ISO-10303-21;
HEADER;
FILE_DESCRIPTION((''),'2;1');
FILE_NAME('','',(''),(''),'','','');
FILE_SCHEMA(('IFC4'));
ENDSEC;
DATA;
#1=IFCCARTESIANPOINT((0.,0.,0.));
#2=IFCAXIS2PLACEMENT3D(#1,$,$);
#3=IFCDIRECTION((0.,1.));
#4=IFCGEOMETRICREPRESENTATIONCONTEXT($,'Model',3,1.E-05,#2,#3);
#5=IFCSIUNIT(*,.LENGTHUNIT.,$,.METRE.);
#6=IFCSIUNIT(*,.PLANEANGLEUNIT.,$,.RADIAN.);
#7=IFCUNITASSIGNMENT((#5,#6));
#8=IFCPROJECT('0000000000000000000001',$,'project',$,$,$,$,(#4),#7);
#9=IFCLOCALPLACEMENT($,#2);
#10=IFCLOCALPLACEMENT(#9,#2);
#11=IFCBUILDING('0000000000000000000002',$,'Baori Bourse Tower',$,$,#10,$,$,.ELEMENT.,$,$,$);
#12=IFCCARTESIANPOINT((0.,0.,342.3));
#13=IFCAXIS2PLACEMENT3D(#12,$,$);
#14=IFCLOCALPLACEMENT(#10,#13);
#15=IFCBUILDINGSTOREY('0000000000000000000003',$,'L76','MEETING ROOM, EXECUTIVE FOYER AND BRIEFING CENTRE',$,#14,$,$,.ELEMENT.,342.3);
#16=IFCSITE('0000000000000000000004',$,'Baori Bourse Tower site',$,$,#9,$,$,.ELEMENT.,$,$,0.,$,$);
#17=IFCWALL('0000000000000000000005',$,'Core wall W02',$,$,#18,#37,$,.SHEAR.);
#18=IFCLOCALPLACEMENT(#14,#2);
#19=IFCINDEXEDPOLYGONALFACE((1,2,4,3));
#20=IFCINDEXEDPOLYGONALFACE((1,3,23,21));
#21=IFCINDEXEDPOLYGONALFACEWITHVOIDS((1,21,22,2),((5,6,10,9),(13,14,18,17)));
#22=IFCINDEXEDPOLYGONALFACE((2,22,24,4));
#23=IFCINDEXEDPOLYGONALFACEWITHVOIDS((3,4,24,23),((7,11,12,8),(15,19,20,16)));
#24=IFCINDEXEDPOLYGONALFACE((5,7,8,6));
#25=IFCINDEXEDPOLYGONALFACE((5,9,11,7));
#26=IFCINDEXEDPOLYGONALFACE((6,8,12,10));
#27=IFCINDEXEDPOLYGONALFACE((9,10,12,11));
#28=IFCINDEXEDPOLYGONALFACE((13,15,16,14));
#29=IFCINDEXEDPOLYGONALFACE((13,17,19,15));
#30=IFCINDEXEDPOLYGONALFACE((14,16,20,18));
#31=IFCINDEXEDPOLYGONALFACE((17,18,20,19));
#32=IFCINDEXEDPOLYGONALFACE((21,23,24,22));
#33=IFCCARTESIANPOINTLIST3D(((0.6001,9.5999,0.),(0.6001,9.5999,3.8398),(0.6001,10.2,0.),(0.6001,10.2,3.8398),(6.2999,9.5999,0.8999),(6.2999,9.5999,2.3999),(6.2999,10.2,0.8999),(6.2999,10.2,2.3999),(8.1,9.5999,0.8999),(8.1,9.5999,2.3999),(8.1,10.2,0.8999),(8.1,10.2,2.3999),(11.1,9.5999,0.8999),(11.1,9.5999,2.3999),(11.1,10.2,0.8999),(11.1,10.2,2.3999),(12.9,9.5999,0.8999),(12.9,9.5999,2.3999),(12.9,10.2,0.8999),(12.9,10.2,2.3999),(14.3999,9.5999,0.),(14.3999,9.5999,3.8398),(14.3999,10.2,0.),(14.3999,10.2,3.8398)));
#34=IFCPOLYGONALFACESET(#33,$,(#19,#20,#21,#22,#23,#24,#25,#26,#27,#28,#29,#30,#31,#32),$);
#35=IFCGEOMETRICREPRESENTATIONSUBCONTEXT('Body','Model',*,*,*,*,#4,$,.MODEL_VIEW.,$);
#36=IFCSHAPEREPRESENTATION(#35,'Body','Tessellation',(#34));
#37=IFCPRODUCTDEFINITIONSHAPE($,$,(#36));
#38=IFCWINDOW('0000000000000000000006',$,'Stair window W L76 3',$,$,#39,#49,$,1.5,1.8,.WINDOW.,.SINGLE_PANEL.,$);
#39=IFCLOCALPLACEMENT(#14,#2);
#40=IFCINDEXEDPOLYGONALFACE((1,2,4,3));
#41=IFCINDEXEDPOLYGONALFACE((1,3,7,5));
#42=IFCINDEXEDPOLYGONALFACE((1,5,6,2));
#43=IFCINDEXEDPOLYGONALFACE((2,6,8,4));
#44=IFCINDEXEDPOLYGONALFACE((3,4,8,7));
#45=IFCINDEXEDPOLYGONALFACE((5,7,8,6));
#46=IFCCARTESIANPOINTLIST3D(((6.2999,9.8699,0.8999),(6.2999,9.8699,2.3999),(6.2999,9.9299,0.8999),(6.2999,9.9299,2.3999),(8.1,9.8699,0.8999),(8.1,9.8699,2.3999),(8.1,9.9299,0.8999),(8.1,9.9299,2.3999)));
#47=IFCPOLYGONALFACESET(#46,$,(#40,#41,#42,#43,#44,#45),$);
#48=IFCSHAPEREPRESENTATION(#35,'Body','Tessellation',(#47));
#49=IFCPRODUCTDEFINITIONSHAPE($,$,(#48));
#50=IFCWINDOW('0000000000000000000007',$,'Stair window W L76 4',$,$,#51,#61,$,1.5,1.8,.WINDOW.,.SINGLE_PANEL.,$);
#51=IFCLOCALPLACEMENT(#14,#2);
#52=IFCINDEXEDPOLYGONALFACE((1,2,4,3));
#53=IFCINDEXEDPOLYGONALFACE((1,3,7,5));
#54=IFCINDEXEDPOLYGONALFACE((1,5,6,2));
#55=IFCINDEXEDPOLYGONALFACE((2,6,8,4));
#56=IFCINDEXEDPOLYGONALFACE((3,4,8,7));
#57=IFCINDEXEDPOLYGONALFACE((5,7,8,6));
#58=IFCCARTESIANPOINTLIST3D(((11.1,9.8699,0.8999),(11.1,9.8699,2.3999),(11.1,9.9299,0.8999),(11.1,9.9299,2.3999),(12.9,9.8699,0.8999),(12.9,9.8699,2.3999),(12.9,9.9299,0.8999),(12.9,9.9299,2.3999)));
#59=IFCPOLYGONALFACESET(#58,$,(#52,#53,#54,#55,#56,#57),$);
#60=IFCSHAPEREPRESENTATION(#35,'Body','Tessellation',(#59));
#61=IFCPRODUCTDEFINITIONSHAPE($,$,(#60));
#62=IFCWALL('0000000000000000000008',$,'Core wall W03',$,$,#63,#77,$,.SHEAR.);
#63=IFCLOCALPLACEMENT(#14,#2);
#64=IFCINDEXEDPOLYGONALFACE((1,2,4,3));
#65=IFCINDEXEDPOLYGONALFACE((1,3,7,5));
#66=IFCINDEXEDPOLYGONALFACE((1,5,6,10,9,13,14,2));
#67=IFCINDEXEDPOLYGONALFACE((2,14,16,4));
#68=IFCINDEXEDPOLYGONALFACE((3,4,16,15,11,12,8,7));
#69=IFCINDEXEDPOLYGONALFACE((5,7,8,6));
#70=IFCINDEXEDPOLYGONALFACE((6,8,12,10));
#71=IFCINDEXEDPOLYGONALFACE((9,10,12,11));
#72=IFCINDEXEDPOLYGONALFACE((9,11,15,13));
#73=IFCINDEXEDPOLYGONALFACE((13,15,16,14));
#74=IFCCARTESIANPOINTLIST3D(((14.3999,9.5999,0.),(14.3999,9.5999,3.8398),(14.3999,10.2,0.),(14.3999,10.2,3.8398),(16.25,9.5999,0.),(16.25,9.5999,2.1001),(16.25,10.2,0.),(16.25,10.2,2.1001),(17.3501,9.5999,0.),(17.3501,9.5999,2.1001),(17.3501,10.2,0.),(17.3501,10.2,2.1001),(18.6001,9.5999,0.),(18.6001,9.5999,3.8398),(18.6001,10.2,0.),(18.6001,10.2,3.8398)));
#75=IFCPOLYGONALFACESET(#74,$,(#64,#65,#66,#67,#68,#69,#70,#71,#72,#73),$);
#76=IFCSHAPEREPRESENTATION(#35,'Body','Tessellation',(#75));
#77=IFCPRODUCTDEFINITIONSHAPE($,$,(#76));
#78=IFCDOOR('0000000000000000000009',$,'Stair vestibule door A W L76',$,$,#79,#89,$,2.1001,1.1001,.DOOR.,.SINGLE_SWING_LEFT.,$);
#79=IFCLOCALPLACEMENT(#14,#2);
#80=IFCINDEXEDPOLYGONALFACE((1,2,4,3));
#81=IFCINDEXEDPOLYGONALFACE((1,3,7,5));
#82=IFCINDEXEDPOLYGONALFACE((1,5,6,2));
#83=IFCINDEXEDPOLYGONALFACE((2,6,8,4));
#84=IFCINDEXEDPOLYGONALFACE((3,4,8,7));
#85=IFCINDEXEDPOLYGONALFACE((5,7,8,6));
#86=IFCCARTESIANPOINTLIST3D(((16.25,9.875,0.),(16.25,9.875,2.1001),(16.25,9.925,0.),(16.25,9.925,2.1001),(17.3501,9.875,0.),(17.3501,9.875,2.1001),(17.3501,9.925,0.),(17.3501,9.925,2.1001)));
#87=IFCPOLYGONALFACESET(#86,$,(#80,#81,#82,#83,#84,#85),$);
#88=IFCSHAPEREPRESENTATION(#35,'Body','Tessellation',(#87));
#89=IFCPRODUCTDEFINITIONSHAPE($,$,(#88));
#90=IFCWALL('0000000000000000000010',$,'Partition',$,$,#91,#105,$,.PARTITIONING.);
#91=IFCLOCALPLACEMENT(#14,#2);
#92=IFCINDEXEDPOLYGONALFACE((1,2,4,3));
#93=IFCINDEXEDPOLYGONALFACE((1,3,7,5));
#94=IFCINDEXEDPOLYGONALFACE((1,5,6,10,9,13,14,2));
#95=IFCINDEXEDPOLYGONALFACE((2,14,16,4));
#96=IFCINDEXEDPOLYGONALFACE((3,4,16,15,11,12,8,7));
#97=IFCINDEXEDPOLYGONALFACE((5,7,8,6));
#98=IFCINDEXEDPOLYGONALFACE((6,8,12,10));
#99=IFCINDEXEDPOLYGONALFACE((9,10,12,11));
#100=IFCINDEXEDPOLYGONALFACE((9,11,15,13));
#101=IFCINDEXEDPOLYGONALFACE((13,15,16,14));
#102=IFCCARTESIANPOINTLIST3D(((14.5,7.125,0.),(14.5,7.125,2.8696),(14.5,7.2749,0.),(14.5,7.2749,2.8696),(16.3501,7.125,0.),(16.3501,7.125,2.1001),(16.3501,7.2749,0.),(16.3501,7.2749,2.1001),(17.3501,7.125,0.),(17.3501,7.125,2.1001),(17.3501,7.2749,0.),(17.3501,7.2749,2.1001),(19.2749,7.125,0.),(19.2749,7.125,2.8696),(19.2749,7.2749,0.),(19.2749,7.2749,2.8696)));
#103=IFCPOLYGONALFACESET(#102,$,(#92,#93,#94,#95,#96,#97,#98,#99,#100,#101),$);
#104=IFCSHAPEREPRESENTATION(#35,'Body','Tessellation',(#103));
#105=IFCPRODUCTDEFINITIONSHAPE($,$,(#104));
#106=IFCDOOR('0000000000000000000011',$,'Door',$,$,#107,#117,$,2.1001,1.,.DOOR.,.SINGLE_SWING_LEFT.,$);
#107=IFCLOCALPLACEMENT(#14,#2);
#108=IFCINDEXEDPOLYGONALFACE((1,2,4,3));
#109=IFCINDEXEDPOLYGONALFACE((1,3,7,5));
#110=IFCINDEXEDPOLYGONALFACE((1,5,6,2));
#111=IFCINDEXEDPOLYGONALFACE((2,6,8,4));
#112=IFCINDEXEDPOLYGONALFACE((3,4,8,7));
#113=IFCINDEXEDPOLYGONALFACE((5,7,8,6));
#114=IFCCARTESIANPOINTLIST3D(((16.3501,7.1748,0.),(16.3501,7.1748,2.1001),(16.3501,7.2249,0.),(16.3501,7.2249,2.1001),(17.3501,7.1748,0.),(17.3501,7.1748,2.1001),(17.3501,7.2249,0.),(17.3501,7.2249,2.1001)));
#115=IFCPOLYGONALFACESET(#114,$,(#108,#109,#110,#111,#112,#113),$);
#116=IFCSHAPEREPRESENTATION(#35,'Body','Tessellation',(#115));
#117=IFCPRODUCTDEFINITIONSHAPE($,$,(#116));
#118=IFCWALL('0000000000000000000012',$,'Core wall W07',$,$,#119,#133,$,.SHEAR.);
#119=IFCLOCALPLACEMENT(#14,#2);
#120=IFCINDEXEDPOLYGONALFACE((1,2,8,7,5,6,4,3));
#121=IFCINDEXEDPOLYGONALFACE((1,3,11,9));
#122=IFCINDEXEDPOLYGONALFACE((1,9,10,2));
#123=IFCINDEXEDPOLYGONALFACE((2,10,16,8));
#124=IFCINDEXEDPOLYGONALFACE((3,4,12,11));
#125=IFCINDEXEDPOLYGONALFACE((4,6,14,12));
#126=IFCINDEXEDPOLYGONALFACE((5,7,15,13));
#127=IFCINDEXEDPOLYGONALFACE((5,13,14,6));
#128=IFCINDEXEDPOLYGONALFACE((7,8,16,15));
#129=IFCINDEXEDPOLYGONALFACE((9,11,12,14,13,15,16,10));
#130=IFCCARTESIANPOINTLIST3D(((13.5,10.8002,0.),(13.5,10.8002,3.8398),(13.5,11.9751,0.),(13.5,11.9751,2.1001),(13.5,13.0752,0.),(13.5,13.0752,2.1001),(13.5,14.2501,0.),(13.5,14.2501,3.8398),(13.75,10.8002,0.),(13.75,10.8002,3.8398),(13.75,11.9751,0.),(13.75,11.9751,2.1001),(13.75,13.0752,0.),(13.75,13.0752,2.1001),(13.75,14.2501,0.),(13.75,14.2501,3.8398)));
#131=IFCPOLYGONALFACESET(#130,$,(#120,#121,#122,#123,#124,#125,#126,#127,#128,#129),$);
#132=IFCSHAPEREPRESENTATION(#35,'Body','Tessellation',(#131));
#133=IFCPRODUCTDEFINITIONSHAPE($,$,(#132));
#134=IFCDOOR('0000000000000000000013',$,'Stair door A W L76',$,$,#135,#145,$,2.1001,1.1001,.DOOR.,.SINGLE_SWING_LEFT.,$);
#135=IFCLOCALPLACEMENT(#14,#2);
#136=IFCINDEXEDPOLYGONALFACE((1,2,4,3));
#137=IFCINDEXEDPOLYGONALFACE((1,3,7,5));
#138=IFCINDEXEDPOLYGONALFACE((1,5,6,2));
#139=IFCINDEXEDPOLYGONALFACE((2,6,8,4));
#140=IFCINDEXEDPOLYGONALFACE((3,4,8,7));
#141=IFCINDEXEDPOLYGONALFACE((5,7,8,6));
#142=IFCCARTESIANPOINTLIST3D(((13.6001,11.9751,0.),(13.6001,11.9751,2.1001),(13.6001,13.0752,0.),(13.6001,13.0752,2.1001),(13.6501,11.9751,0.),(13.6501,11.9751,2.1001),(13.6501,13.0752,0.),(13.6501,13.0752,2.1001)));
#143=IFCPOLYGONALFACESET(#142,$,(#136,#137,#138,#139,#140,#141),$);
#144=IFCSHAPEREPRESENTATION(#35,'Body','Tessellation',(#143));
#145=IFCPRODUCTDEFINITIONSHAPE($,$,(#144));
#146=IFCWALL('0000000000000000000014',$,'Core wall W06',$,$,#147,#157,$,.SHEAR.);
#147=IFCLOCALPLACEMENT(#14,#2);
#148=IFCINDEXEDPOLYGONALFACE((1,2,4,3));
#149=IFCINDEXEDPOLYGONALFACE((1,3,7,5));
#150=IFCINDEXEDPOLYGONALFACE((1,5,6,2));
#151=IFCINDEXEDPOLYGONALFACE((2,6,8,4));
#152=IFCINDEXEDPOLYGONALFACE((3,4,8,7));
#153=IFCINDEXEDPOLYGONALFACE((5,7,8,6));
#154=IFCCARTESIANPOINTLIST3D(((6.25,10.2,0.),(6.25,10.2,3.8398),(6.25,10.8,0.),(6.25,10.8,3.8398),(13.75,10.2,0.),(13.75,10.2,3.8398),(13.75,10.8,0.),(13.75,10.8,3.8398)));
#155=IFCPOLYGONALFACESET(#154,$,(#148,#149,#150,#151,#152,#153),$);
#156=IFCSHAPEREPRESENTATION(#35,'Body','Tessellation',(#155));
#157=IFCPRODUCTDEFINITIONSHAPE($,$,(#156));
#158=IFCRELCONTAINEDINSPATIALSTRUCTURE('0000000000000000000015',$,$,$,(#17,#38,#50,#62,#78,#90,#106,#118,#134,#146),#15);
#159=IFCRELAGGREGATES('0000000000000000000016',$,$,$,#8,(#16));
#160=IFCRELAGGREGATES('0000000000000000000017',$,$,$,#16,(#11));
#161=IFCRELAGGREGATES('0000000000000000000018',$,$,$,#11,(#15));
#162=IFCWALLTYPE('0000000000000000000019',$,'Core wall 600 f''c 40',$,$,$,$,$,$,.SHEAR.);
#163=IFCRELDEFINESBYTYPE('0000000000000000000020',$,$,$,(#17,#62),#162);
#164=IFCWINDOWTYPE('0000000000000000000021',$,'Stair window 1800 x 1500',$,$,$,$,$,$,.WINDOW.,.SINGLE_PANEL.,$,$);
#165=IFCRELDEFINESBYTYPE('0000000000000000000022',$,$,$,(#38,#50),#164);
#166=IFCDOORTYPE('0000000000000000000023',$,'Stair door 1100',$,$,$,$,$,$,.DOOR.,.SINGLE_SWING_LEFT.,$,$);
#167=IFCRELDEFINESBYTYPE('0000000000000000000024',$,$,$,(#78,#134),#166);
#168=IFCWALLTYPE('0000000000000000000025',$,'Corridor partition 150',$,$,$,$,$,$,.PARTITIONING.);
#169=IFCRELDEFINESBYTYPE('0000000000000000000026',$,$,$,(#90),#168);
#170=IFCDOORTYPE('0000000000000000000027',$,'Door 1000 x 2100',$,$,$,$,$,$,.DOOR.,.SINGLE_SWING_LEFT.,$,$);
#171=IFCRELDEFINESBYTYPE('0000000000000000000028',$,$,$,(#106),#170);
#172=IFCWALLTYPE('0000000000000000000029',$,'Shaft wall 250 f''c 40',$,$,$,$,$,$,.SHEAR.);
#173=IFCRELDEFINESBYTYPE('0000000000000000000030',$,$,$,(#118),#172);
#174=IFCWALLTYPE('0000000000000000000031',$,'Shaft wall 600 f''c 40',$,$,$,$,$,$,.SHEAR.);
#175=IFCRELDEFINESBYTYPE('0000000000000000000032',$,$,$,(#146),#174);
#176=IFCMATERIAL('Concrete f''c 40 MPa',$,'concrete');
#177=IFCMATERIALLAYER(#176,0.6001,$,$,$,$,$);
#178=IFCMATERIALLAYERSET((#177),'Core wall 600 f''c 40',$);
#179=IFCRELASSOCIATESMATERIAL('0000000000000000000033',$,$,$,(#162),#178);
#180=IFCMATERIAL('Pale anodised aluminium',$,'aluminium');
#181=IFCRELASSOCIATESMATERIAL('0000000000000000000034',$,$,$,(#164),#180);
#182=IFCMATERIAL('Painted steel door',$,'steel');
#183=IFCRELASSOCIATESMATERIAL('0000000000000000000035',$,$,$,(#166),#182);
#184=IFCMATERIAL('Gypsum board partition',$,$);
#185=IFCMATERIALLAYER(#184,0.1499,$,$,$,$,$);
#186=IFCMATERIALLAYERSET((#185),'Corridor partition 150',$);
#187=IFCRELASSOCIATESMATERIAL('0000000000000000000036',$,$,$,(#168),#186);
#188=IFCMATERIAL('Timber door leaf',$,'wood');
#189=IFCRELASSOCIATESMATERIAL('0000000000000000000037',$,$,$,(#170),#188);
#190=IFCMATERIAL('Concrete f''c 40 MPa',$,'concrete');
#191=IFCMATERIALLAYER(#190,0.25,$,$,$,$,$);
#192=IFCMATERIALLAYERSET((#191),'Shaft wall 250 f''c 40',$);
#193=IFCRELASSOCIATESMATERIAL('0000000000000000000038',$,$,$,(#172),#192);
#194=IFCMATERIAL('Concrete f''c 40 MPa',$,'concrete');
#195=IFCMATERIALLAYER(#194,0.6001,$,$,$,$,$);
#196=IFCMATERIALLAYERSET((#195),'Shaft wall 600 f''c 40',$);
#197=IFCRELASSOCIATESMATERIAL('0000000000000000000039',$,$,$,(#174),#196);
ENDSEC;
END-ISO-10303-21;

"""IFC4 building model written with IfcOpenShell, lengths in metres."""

from ifc_helpers import new_model, si_unit, direction, frame, frame_2d, origin, place, context, subcontext, project, spatial, rectangle, extrude, material, layer, layer_set, type_object, element, fill, save


model = new_model("IFC4")

# Units and contexts
model_context = context("Model", 3, precision=1e-05, world=origin(), true_north=direction((0.0, 1.0)))
body_context = subcontext(model_context, "Body", "Model", "MODEL_VIEW")
ifc_project = project(units=[si_unit("LENGTHUNIT", "METRE"), si_unit("PLANEANGLEUNIT", "RADIAN")], contexts=[model_context])

# Site, building, storey
site_placement = place(None, origin())
site = spatial("IfcSite", under=ifc_project, at=site_placement, Name="Baori Bourse Tower site", CompositionType="ELEMENT", RefElevation=0.0)
building_placement = place(site_placement, origin())
building = spatial("IfcBuilding", under=site, at=building_placement, Name="Baori Bourse Tower", CompositionType="ELEMENT")
storey_placement = place(building_placement, frame((0.0, 0.0, 342.3)))
storey = spatial("IfcBuildingStorey", under=building, at=storey_placement, Name="L76", Description="MEETING ROOM, EXECUTIVE FOYER AND BRIEFING CENTRE", CompositionType="ELEMENT", Elevation=342.3)

# Wall, openings, windows
ifc_material_1 = material(Name="Concrete f'c 40 MPa", Category="concrete")
ifc_layer_1 = layer(ifc_material_1, 0.6001)
ifc_layer_set_1 = layer_set([ifc_layer_1], Name="Core wall 600 f'c 40")
wall_type_1 = type_object("IfcWallType", Name="Core wall 600 f'c 40", PredefinedType="SHEAR", material=ifc_layer_set_1)
wall_1_placement = place(storey_placement, frame((14.3999, 9.8999, 0.0), z_axis=(0.0, 0.0, 1.0), x_axis=(-1.0, 0.0, 0.0)))
wall_1 = element("IfcWall", 1, at=wall_1_placement, inside=storey, type_object=wall_type_1, Name="Core wall W02", PredefinedType="SHEAR", context=body_context, shape_type="SweptSolid", body=[
    extrude(rectangle(XDim=13.7998, YDim=0.6001, at=frame_2d((6.8999, 0.0))), origin(), (0.0, 0.0, 1.0), 3.8398),
])
opening_1_placement = place(wall_1_placement, frame((6.3, 0.0, 0.8999)))
opening_1 = element("IfcOpeningElement", 2, at=opening_1_placement, cuts=wall_1, PredefinedType="OPENING", context=body_context, shape_type="SweptSolid", body=[
    extrude(rectangle(XDim=1.8, YDim=1.5, at=frame_2d((0.8999, 0.75))), frame((0.0, 0.3101, 0.0), z_axis=(0.0, -1.0, 0.0), x_axis=(1.0, 0.0, 0.0)), (0.0, 0.0, 1.0), 0.6201),
])
opening_2_placement = place(wall_1_placement, frame((1.5, 0.0, 0.8999)))
opening_2 = element("IfcOpeningElement", 3, at=opening_2_placement, cuts=wall_1, PredefinedType="OPENING", context=body_context, shape_type="SweptSolid", body=[
    extrude(rectangle(XDim=1.8, YDim=1.5, at=frame_2d((0.8999, 0.75))), frame((0.0, 0.3101, 0.0), z_axis=(0.0, -1.0, 0.0), x_axis=(1.0, 0.0, 0.0)), (0.0, 0.0, 1.0), 0.6201),
])
ifc_material_2 = material(Name="Pale anodised aluminium", Category="aluminium")
window_type = type_object("IfcWindowType", Name="Stair window 1800 x 1500", PartitioningType="SINGLE_PANEL", PredefinedType="WINDOW", material=ifc_material_2)
window_1_placement = place(opening_1_placement, origin())
window_1 = element("IfcWindow", 4, at=window_1_placement, inside=storey, type_object=window_type, Name="Stair window W L76 3", OverallHeight=1.5, OverallWidth=1.8, PartitioningType="SINGLE_PANEL", PredefinedType="WINDOW", context=body_context, shape_type="SweptSolid", body=[
    extrude(rectangle(XDim=1.8, YDim=1.5, at=frame_2d((0.8999, 0.75))), frame((0.0, 0.03, 0.0), z_axis=(0.0, -1.0, 0.0), x_axis=(1.0, 0.0, 0.0)), (0.0, 0.0, 1.0), 0.0601),
])
fill(opening_1, window_1)
window_2_placement = place(opening_2_placement, origin())
window_2 = element("IfcWindow", 5, at=window_2_placement, inside=storey, type_object=window_type, Name="Stair window W L76 4", OverallHeight=1.5, OverallWidth=1.8, PartitioningType="SINGLE_PANEL", PredefinedType="WINDOW", context=body_context, shape_type="SweptSolid", body=[
    extrude(rectangle(XDim=1.8, YDim=1.5, at=frame_2d((0.8999, 0.75))), frame((0.0, 0.03, 0.0), z_axis=(0.0, -1.0, 0.0), x_axis=(1.0, 0.0, 0.0)), (0.0, 0.0, 1.0), 0.0601),
])
fill(opening_2, window_2)

# Walls, openings, doors
wall_2_placement = place(storey_placement, frame((18.6001, 9.8999, 0.0), z_axis=(0.0, 0.0, 1.0), x_axis=(-1.0, 0.0, 0.0)))
wall_2 = element("IfcWall", 6, at=wall_2_placement, inside=storey, type_object=wall_type_1, Name="Core wall W03", PredefinedType="SHEAR", context=body_context, shape_type="SweptSolid", body=[
    extrude(rectangle(XDim=4.2002, YDim=0.6001, at=frame_2d((2.1001, 0.0))), origin(), (0.0, 0.0, 1.0), 3.8398),
])
opening_3_placement = place(wall_2_placement, frame((1.25, 0.0, 0.0)))
opening_3 = element("IfcOpeningElement", 7, at=opening_3_placement, cuts=wall_2, PredefinedType="OPENING", context=body_context, shape_type="SweptSolid", body=[
    extrude(rectangle(XDim=1.1001, YDim=2.1001, at=frame_2d((0.55, 1.05))), frame((0.0, 0.3101, 0.0), z_axis=(0.0, -1.0, 0.0), x_axis=(1.0, 0.0, 0.0)), (0.0, 0.0, 1.0), 0.6201),
])
ifc_material_3 = material(Name="Painted steel door", Category="steel")
door_type_1 = type_object("IfcDoorType", Name="Stair door 1100", OperationType="SINGLE_SWING_LEFT", PredefinedType="DOOR", material=ifc_material_3)
door_1_placement = place(opening_3_placement, origin())
door_1 = element("IfcDoor", 8, at=door_1_placement, inside=storey, type_object=door_type_1, Name="Stair vestibule door A W L76", OperationType="SINGLE_SWING_LEFT", OverallHeight=2.1001, OverallWidth=1.1001, PredefinedType="DOOR", context=body_context, shape_type="SweptSolid", body=[
    extrude(rectangle(XDim=1.1001, YDim=2.1001, at=frame_2d((0.55, 1.05))), frame((0.0, 0.0249, 0.0), z_axis=(0.0, -1.0, 0.0), x_axis=(1.0, 0.0, 0.0)), (0.0, 0.0, 1.0), 0.05),
])
fill(opening_3, door_1)
ifc_material_4 = material(Name="Gypsum board partition")
ifc_layer_2 = layer(ifc_material_4, 0.1499)
ifc_layer_set_2 = layer_set([ifc_layer_2], Name="Corridor partition 150")
wall_type_2 = type_object("IfcWallType", Name="Corridor partition 150", PredefinedType="PARTITIONING", material=ifc_layer_set_2)
wall_3_placement = place(storey_placement, frame((14.5, 7.2, 0.0), z_axis=(0.0, 0.0, 1.0), x_axis=(1.0, 0.0, 0.0)))
wall_3 = element("IfcWall", 9, at=wall_3_placement, inside=storey, type_object=wall_type_2, Name="Partition", PredefinedType="PARTITIONING", context=body_context, shape_type="SweptSolid", body=[
    extrude(rectangle(XDim=4.7749, YDim=0.1499, at=frame_2d((2.3875, 0.0))), origin(), (0.0, 0.0, 1.0), 2.8696),
])
opening_4_placement = place(wall_3_placement, frame((1.8501, 0.0, 0.0)))
opening_4 = element("IfcOpeningElement", 10, at=opening_4_placement, cuts=wall_3, PredefinedType="OPENING", context=body_context, shape_type="SweptSolid", body=[
    extrude(rectangle(XDim=1.0, YDim=2.1001, at=frame_2d((0.5, 1.05))), frame((0.0, 0.085, 0.0), z_axis=(0.0, -1.0, 0.0), x_axis=(1.0, 0.0, 0.0)), (0.0, 0.0, 1.0), 0.1699),
])
ifc_material_5 = material(Name="Timber door leaf", Category="wood")
door_type_2 = type_object("IfcDoorType", Name="Door 1000 x 2100", OperationType="SINGLE_SWING_LEFT", PredefinedType="DOOR", material=ifc_material_5)
door_2_placement = place(opening_4_placement, origin())
door_2 = element("IfcDoor", 11, at=door_2_placement, inside=storey, type_object=door_type_2, Name="Door", OperationType="SINGLE_SWING_LEFT", OverallHeight=2.1001, OverallWidth=1.0, PredefinedType="DOOR", context=body_context, shape_type="SweptSolid", body=[
    extrude(rectangle(XDim=1.0, YDim=2.1001, at=frame_2d((0.5, 1.05))), frame((0.0, 0.0249, 0.0), z_axis=(0.0, -1.0, 0.0), x_axis=(1.0, 0.0, 0.0)), (0.0, 0.0, 1.0), 0.05),
])
fill(opening_4, door_2)
ifc_material_6 = material(Name="Concrete f'c 40 MPa", Category="concrete")
ifc_layer_3 = layer(ifc_material_6, 0.25)
ifc_layer_set_3 = layer_set([ifc_layer_3], Name="Shaft wall 250 f'c 40")
wall_type_3 = type_object("IfcWallType", Name="Shaft wall 250 f'c 40", PredefinedType="SHEAR", material=ifc_layer_set_3)
wall_4_placement = place(storey_placement, frame((13.625, 10.8, 0.0), z_axis=(0.0, 0.0, 1.0), x_axis=(0.0, 1.0, 0.0)))
wall_4 = element("IfcWall", 12, at=wall_4_placement, inside=storey, type_object=wall_type_3, Name="Core wall W07", PredefinedType="SHEAR", context=body_context, shape_type="SweptSolid", body=[
    extrude(rectangle(XDim=3.45, YDim=0.25, at=frame_2d((1.7251, 0.0))), origin(), (0.0, 0.0, 1.0), 3.8398),
])
opening_5_placement = place(wall_4_placement, frame((1.175, 0.0, 0.0)))
opening_5 = element("IfcOpeningElement", 13, at=opening_5_placement, cuts=wall_4, PredefinedType="OPENING", context=body_context, shape_type="SweptSolid", body=[
    extrude(rectangle(XDim=1.1001, YDim=2.1001, at=frame_2d((0.55, 1.05))), frame((0.0, 0.135, 0.0), z_axis=(0.0, -1.0, 0.0), x_axis=(1.0, 0.0, 0.0)), (0.0, 0.0, 1.0), 0.27),
])
door_3_placement = place(opening_5_placement, origin())
door_3 = element("IfcDoor", 14, at=door_3_placement, inside=storey, type_object=door_type_1, Name="Stair door A W L76", OperationType="SINGLE_SWING_LEFT", OverallHeight=2.1001, OverallWidth=1.1001, PredefinedType="DOOR", context=body_context, shape_type="SweptSolid", body=[
    extrude(rectangle(XDim=1.1001, YDim=2.1001, at=frame_2d((0.55, 1.05))), frame((0.0, 0.0249, 0.0), z_axis=(0.0, -1.0, 0.0), x_axis=(1.0, 0.0, 0.0)), (0.0, 0.0, 1.0), 0.05),
])
fill(opening_5, door_3)

# Wall
ifc_material_7 = material(Name="Concrete f'c 40 MPa", Category="concrete")
ifc_layer_4 = layer(ifc_material_7, 0.6001)
ifc_layer_set_4 = layer_set([ifc_layer_4], Name="Shaft wall 600 f'c 40")
wall_type_4 = type_object("IfcWallType", Name="Shaft wall 600 f'c 40", PredefinedType="SHEAR", material=ifc_layer_set_4)
wall_5_placement = place(storey_placement, frame((6.25, 10.5, 0.0), z_axis=(0.0, 0.0, 1.0), x_axis=(1.0, 0.0, 0.0)))
element("IfcWall", 15, at=wall_5_placement, inside=storey, type_object=wall_type_4, Name="Core wall W06", PredefinedType="SHEAR", context=body_context, shape_type="SweptSolid", body=[
    extrude(rectangle(XDim=7.5, YDim=0.6001, at=frame_2d((3.75, 0.0))), origin(), (0.0, 0.0, 1.0), 3.8398),
])

save(model, "model.ifc")
